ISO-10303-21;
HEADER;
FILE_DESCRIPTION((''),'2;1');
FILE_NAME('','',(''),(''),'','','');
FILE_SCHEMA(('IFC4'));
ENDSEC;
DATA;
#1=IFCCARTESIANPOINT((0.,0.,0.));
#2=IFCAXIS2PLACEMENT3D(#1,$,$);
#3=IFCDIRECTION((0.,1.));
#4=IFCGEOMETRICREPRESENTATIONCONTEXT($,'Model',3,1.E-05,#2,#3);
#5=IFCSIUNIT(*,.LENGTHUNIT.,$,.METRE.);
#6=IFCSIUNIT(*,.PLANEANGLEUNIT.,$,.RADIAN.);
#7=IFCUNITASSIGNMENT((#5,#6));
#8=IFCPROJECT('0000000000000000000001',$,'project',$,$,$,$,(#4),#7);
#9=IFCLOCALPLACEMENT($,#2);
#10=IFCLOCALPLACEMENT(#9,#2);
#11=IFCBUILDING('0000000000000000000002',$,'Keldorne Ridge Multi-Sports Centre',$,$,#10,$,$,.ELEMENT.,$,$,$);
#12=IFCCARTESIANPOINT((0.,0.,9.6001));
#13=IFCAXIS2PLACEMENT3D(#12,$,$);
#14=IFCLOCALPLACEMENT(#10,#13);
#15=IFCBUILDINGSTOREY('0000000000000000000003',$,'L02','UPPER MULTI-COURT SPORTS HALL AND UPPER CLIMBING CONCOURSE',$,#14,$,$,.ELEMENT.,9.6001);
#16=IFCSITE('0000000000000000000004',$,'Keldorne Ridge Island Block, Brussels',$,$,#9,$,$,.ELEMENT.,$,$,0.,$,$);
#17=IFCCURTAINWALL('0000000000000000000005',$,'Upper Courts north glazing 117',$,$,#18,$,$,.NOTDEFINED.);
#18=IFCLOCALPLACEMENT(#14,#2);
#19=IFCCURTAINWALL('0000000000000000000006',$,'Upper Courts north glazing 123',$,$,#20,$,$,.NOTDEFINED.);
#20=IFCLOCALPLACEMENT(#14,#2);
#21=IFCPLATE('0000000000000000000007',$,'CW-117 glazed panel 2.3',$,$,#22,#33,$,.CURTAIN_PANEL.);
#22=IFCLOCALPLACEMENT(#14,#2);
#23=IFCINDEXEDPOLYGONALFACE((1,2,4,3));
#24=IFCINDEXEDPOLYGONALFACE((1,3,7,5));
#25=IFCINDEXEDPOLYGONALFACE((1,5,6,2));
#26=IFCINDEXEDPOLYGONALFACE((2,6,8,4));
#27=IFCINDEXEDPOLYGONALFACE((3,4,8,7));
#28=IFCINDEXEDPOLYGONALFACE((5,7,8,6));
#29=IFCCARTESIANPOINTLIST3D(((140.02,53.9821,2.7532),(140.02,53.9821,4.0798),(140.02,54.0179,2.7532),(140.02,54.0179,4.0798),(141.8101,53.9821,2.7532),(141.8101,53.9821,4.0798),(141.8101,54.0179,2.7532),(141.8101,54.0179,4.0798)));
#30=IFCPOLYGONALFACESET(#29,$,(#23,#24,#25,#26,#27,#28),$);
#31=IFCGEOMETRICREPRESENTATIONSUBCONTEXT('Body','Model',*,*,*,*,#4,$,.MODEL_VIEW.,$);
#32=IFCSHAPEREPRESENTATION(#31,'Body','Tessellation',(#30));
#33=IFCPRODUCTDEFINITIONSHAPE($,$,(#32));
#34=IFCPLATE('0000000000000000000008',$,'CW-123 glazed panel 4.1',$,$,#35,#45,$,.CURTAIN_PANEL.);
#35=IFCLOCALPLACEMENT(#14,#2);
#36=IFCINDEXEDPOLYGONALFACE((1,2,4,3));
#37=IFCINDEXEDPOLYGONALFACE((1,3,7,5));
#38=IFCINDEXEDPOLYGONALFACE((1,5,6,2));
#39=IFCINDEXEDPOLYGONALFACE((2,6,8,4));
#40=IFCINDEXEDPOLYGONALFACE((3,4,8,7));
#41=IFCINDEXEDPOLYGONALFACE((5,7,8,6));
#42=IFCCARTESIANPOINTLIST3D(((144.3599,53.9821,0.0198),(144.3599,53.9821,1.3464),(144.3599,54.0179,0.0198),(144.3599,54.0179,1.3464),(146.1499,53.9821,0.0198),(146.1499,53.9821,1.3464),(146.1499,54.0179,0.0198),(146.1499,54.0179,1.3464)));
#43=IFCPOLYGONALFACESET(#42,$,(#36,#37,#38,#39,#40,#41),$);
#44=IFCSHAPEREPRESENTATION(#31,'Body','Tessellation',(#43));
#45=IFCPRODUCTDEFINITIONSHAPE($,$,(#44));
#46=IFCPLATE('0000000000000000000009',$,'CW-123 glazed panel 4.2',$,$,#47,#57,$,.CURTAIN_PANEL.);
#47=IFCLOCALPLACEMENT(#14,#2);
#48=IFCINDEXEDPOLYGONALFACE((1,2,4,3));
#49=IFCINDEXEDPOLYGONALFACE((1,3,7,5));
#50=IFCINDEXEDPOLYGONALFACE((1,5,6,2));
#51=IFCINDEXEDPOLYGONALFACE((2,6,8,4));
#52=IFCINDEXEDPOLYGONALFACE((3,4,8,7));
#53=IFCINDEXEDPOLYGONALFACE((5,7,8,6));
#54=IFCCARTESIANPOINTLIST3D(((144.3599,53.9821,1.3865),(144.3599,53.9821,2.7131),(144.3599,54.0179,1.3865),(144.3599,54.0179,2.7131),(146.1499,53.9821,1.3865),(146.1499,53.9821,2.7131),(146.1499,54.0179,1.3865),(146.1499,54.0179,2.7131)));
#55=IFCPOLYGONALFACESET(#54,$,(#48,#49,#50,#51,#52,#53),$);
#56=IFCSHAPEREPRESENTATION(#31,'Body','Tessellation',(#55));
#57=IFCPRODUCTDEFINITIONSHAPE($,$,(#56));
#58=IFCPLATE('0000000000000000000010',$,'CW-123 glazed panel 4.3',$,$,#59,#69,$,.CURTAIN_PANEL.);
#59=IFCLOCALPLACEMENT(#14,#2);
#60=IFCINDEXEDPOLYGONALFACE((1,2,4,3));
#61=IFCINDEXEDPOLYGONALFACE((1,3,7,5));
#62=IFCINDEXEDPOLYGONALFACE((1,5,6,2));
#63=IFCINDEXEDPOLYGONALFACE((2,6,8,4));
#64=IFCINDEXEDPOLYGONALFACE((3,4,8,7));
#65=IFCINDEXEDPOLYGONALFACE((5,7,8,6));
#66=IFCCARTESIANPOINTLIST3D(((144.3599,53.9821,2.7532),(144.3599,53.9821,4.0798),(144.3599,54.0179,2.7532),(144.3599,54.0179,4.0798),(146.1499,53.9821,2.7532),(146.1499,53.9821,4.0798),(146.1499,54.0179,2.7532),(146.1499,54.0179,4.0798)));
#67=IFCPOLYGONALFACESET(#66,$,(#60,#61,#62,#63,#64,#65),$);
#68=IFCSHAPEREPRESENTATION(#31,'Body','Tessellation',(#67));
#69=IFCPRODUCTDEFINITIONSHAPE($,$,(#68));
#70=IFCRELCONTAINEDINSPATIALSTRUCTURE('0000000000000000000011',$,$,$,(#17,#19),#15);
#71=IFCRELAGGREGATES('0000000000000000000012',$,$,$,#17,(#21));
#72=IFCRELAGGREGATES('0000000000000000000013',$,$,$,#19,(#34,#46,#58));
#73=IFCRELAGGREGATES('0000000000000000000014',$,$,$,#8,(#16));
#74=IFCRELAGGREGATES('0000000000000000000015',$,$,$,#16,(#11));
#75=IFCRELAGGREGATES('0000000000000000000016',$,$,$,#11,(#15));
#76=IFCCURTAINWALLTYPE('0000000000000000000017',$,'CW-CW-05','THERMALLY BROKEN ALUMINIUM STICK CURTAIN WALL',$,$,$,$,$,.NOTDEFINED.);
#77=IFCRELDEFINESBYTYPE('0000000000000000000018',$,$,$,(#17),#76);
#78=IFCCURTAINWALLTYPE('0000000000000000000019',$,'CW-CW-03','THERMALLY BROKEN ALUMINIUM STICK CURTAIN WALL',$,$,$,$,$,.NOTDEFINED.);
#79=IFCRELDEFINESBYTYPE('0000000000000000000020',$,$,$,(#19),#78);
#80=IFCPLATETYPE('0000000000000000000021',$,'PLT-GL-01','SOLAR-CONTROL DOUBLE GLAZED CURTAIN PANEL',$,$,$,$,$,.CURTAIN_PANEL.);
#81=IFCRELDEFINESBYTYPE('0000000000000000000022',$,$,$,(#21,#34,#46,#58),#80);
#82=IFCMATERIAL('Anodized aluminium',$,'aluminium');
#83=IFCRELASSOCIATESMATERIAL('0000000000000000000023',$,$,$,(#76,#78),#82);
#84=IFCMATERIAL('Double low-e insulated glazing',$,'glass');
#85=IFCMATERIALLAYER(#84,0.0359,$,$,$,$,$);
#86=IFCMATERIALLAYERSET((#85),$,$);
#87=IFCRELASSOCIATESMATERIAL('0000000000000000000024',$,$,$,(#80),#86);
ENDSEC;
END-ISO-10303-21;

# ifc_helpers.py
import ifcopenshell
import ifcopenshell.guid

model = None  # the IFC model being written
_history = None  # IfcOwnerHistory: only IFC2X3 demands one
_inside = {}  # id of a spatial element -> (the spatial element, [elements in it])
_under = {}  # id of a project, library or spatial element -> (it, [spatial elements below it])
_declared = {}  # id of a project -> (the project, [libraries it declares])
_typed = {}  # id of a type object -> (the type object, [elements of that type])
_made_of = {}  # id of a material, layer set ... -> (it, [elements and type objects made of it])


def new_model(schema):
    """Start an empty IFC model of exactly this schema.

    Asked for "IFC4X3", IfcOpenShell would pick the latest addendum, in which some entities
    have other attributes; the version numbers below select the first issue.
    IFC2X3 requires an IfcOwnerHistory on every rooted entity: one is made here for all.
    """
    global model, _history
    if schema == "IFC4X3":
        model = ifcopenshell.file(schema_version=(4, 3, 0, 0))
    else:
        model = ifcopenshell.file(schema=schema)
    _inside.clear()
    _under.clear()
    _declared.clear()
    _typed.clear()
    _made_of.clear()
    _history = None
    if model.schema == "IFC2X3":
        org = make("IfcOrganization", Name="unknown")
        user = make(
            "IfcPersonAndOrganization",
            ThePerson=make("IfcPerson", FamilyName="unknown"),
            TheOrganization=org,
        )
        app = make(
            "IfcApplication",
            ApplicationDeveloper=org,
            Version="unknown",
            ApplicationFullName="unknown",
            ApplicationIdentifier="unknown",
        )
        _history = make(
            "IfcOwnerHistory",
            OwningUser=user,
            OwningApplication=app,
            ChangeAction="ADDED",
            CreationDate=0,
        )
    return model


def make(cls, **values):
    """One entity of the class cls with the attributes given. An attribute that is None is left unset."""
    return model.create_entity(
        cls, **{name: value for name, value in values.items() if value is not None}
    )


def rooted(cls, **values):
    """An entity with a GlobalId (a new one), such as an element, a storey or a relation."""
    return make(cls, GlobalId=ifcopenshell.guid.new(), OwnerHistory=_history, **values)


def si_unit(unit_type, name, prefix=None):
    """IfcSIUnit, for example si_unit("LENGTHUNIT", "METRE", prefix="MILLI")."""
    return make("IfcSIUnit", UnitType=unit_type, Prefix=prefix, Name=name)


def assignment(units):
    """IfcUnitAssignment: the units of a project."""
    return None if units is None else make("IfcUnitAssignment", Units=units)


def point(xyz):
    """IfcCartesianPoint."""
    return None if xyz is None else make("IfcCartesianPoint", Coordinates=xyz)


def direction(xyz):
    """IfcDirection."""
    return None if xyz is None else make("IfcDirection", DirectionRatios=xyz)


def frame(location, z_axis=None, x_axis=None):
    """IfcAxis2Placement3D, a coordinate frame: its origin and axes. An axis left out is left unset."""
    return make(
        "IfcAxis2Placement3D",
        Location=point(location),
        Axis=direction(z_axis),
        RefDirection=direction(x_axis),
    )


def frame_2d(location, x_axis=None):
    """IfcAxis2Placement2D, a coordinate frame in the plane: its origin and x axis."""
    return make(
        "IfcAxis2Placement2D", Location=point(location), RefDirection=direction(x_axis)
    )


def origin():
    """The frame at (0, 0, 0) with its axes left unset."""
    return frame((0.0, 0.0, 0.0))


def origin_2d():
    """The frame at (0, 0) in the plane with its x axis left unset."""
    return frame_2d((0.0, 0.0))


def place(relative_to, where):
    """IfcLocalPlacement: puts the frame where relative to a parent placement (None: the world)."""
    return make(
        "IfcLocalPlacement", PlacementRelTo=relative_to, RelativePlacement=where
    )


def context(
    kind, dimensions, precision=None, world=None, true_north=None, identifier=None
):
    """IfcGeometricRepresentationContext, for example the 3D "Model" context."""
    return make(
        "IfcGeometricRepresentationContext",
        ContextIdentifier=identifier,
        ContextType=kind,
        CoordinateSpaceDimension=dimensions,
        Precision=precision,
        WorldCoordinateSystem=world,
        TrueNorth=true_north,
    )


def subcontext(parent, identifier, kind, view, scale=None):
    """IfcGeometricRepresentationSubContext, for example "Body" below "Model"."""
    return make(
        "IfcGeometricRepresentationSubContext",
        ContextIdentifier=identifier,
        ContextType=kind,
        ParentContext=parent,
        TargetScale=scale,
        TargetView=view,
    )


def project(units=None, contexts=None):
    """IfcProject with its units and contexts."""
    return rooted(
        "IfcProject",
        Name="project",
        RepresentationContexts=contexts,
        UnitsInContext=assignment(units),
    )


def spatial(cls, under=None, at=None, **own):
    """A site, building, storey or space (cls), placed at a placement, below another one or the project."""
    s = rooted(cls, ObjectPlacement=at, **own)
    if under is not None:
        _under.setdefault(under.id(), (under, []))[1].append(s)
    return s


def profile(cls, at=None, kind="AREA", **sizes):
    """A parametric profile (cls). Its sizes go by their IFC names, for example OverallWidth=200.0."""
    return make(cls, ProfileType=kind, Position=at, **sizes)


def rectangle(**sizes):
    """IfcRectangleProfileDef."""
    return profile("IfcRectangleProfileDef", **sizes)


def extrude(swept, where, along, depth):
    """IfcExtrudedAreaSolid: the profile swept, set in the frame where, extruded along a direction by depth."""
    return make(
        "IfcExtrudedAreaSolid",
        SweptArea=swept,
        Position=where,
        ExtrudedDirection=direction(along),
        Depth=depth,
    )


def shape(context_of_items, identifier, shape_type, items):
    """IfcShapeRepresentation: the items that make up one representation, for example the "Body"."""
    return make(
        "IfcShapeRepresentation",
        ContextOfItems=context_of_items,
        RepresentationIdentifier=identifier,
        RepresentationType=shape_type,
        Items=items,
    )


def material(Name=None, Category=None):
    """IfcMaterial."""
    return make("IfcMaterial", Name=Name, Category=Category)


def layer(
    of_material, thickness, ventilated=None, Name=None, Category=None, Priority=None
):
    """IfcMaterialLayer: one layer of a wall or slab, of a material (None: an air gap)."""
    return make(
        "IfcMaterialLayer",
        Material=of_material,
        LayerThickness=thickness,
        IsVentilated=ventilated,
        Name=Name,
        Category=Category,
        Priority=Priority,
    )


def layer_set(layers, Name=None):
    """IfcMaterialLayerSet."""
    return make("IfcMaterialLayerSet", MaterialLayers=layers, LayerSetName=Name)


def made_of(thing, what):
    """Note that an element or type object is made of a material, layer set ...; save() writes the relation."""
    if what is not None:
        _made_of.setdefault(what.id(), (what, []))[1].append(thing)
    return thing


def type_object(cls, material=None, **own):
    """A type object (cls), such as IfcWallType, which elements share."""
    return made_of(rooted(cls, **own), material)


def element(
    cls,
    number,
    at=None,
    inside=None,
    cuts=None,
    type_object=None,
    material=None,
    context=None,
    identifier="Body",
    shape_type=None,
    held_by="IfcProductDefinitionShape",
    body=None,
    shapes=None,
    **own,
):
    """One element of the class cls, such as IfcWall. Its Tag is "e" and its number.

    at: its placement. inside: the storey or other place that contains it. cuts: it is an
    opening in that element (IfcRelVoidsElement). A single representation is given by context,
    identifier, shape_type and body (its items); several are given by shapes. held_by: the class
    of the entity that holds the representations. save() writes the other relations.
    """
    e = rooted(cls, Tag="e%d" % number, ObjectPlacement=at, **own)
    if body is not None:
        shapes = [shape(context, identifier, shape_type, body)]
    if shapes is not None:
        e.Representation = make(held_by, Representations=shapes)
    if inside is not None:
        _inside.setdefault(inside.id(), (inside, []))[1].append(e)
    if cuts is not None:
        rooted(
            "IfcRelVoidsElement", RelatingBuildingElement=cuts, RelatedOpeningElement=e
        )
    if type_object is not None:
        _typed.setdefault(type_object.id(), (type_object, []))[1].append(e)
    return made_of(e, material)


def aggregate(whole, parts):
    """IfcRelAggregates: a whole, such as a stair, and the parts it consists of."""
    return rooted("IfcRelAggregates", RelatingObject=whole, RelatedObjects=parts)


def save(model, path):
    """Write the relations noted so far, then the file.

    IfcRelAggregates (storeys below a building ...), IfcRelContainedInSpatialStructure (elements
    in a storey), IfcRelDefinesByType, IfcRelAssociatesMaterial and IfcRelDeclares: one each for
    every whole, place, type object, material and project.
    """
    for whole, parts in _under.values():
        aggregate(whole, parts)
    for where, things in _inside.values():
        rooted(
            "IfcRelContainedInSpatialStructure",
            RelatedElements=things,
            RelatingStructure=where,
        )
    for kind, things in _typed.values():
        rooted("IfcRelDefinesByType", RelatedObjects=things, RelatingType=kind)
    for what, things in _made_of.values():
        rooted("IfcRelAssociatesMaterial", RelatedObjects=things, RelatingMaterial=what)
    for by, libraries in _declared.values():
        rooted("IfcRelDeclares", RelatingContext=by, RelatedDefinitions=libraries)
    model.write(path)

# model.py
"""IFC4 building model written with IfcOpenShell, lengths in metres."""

from ifc_helpers import new_model, si_unit, direction, frame, origin, origin_2d, place, context, subcontext, project, spatial, rectangle, extrude, material, layer, layer_set, type_object, element, aggregate, save


model = new_model("IFC4")

# Units and contexts
model_context = context("Model", 3, precision=1e-05, world=origin(), true_north=direction((0.0, 1.0)))
body_context = subcontext(model_context, "Body", "Model", "MODEL_VIEW")
ifc_project = project(units=[si_unit("LENGTHUNIT", "METRE"), si_unit("PLANEANGLEUNIT", "RADIAN")], contexts=[model_context])

# Site, building, storey
site_placement = place(None, origin())
site = spatial("IfcSite", under=ifc_project, at=site_placement, Name="Keldorne Ridge Island Block, Brussels", CompositionType="ELEMENT", RefElevation=0.0)
building_placement = place(site_placement, origin())
building = spatial("IfcBuilding", under=site, at=building_placement, Name="Keldorne Ridge Multi-Sports Centre", CompositionType="ELEMENT")
storey_placement = place(building_placement, frame((0.0, 0.0, 9.6001)))
storey = spatial("IfcBuildingStorey", under=building, at=storey_placement, Name="L02", Description="UPPER MULTI-COURT SPORTS HALL AND UPPER CLIMBING CONCOURSE", CompositionType="ELEMENT", Elevation=9.6001)

# Curtain walls
ifc_material_1 = material(Name="Anodized aluminium", Category="aluminium")
curtain_wall_type_1 = type_object("IfcCurtainWallType", Name="CW-CW-05", Description="THERMALLY BROKEN ALUMINIUM STICK CURTAIN WALL", PredefinedType="NOTDEFINED", material=ifc_material_1)
curtain_wall_1_placement = place(storey_placement, origin())
curtain_wall_1 = element("IfcCurtainWall", 1, at=curtain_wall_1_placement, inside=storey, type_object=curtain_wall_type_1, Name="Upper Courts north glazing 117", PredefinedType="NOTDEFINED")
curtain_wall_type_2 = type_object("IfcCurtainWallType", Name="CW-CW-03", Description="THERMALLY BROKEN ALUMINIUM STICK CURTAIN WALL", PredefinedType="NOTDEFINED", material=ifc_material_1)
curtain_wall_2_placement = place(storey_placement, origin())
curtain_wall_2 = element("IfcCurtainWall", 2, at=curtain_wall_2_placement, inside=storey, type_object=curtain_wall_type_2, Name="Upper Courts north glazing 123", PredefinedType="NOTDEFINED")

# Plates
ifc_material_2 = material(Name="Double low-e insulated glazing", Category="glass")
ifc_layer = layer(ifc_material_2, 0.0359)
ifc_layer_set = layer_set([ifc_layer])
plate_type = type_object("IfcPlateType", Name="PLT-GL-01", Description="SOLAR-CONTROL DOUBLE GLAZED CURTAIN PANEL", PredefinedType="CURTAIN_PANEL", material=ifc_layer_set)
plate_1_placement = place(storey_placement, frame((140.915, 54.0, 2.7532), z_axis=(0.0, 0.0, 1.0), x_axis=(-1.0, 0.0, 0.0)))
plate_1 = element("IfcPlate", 3, at=plate_1_placement, type_object=plate_type, Name="CW-117 glazed panel 2.3", PredefinedType="CURTAIN_PANEL", context=body_context, shape_type="SweptSolid", body=[
    extrude(rectangle(XDim=1.79, YDim=0.0359, at=origin_2d()), origin(), (0.0, 0.0, 1.0), 1.3267),
])
aggregate(curtain_wall_1, [plate_1])
plate_2_placement = place(storey_placement, frame((145.2549, 54.0, 0.0198), z_axis=(0.0, 0.0, 1.0), x_axis=(-1.0, 0.0, 0.0)))
plate_2 = element("IfcPlate", 4, at=plate_2_placement, type_object=plate_type, Name="CW-123 glazed panel 4.1", PredefinedType="CURTAIN_PANEL", context=body_context, shape_type="SweptSolid", body=[
    extrude(rectangle(XDim=1.79, YDim=0.0359, at=origin_2d()), origin(), (0.0, 0.0, 1.0), 1.3267),
])
plate_3_placement = place(storey_placement, frame((145.2549, 54.0, 1.3865), z_axis=(0.0, 0.0, 1.0), x_axis=(-1.0, 0.0, 0.0)))
plate_3 = element("IfcPlate", 5, at=plate_3_placement, type_object=plate_type, Name="CW-123 glazed panel 4.2", PredefinedType="CURTAIN_PANEL", context=body_context, shape_type="SweptSolid", body=[
    extrude(rectangle(XDim=1.79, YDim=0.0359, at=origin_2d()), origin(), (0.0, 0.0, 1.0), 1.3267),
])
plate_4_placement = place(storey_placement, frame((145.2549, 54.0, 2.7532), z_axis=(0.0, 0.0, 1.0), x_axis=(-1.0, 0.0, 0.0)))
plate_4 = element("IfcPlate", 6, at=plate_4_placement, type_object=plate_type, Name="CW-123 glazed panel 4.3", PredefinedType="CURTAIN_PANEL", context=body_context, shape_type="SweptSolid", body=[
    extrude(rectangle(XDim=1.79, YDim=0.0359, at=origin_2d()), origin(), (0.0, 0.0, 1.0), 1.3267),
])
aggregate(curtain_wall_2, [plate_2, plate_3, plate_4])

save(model, "model.ifc")
